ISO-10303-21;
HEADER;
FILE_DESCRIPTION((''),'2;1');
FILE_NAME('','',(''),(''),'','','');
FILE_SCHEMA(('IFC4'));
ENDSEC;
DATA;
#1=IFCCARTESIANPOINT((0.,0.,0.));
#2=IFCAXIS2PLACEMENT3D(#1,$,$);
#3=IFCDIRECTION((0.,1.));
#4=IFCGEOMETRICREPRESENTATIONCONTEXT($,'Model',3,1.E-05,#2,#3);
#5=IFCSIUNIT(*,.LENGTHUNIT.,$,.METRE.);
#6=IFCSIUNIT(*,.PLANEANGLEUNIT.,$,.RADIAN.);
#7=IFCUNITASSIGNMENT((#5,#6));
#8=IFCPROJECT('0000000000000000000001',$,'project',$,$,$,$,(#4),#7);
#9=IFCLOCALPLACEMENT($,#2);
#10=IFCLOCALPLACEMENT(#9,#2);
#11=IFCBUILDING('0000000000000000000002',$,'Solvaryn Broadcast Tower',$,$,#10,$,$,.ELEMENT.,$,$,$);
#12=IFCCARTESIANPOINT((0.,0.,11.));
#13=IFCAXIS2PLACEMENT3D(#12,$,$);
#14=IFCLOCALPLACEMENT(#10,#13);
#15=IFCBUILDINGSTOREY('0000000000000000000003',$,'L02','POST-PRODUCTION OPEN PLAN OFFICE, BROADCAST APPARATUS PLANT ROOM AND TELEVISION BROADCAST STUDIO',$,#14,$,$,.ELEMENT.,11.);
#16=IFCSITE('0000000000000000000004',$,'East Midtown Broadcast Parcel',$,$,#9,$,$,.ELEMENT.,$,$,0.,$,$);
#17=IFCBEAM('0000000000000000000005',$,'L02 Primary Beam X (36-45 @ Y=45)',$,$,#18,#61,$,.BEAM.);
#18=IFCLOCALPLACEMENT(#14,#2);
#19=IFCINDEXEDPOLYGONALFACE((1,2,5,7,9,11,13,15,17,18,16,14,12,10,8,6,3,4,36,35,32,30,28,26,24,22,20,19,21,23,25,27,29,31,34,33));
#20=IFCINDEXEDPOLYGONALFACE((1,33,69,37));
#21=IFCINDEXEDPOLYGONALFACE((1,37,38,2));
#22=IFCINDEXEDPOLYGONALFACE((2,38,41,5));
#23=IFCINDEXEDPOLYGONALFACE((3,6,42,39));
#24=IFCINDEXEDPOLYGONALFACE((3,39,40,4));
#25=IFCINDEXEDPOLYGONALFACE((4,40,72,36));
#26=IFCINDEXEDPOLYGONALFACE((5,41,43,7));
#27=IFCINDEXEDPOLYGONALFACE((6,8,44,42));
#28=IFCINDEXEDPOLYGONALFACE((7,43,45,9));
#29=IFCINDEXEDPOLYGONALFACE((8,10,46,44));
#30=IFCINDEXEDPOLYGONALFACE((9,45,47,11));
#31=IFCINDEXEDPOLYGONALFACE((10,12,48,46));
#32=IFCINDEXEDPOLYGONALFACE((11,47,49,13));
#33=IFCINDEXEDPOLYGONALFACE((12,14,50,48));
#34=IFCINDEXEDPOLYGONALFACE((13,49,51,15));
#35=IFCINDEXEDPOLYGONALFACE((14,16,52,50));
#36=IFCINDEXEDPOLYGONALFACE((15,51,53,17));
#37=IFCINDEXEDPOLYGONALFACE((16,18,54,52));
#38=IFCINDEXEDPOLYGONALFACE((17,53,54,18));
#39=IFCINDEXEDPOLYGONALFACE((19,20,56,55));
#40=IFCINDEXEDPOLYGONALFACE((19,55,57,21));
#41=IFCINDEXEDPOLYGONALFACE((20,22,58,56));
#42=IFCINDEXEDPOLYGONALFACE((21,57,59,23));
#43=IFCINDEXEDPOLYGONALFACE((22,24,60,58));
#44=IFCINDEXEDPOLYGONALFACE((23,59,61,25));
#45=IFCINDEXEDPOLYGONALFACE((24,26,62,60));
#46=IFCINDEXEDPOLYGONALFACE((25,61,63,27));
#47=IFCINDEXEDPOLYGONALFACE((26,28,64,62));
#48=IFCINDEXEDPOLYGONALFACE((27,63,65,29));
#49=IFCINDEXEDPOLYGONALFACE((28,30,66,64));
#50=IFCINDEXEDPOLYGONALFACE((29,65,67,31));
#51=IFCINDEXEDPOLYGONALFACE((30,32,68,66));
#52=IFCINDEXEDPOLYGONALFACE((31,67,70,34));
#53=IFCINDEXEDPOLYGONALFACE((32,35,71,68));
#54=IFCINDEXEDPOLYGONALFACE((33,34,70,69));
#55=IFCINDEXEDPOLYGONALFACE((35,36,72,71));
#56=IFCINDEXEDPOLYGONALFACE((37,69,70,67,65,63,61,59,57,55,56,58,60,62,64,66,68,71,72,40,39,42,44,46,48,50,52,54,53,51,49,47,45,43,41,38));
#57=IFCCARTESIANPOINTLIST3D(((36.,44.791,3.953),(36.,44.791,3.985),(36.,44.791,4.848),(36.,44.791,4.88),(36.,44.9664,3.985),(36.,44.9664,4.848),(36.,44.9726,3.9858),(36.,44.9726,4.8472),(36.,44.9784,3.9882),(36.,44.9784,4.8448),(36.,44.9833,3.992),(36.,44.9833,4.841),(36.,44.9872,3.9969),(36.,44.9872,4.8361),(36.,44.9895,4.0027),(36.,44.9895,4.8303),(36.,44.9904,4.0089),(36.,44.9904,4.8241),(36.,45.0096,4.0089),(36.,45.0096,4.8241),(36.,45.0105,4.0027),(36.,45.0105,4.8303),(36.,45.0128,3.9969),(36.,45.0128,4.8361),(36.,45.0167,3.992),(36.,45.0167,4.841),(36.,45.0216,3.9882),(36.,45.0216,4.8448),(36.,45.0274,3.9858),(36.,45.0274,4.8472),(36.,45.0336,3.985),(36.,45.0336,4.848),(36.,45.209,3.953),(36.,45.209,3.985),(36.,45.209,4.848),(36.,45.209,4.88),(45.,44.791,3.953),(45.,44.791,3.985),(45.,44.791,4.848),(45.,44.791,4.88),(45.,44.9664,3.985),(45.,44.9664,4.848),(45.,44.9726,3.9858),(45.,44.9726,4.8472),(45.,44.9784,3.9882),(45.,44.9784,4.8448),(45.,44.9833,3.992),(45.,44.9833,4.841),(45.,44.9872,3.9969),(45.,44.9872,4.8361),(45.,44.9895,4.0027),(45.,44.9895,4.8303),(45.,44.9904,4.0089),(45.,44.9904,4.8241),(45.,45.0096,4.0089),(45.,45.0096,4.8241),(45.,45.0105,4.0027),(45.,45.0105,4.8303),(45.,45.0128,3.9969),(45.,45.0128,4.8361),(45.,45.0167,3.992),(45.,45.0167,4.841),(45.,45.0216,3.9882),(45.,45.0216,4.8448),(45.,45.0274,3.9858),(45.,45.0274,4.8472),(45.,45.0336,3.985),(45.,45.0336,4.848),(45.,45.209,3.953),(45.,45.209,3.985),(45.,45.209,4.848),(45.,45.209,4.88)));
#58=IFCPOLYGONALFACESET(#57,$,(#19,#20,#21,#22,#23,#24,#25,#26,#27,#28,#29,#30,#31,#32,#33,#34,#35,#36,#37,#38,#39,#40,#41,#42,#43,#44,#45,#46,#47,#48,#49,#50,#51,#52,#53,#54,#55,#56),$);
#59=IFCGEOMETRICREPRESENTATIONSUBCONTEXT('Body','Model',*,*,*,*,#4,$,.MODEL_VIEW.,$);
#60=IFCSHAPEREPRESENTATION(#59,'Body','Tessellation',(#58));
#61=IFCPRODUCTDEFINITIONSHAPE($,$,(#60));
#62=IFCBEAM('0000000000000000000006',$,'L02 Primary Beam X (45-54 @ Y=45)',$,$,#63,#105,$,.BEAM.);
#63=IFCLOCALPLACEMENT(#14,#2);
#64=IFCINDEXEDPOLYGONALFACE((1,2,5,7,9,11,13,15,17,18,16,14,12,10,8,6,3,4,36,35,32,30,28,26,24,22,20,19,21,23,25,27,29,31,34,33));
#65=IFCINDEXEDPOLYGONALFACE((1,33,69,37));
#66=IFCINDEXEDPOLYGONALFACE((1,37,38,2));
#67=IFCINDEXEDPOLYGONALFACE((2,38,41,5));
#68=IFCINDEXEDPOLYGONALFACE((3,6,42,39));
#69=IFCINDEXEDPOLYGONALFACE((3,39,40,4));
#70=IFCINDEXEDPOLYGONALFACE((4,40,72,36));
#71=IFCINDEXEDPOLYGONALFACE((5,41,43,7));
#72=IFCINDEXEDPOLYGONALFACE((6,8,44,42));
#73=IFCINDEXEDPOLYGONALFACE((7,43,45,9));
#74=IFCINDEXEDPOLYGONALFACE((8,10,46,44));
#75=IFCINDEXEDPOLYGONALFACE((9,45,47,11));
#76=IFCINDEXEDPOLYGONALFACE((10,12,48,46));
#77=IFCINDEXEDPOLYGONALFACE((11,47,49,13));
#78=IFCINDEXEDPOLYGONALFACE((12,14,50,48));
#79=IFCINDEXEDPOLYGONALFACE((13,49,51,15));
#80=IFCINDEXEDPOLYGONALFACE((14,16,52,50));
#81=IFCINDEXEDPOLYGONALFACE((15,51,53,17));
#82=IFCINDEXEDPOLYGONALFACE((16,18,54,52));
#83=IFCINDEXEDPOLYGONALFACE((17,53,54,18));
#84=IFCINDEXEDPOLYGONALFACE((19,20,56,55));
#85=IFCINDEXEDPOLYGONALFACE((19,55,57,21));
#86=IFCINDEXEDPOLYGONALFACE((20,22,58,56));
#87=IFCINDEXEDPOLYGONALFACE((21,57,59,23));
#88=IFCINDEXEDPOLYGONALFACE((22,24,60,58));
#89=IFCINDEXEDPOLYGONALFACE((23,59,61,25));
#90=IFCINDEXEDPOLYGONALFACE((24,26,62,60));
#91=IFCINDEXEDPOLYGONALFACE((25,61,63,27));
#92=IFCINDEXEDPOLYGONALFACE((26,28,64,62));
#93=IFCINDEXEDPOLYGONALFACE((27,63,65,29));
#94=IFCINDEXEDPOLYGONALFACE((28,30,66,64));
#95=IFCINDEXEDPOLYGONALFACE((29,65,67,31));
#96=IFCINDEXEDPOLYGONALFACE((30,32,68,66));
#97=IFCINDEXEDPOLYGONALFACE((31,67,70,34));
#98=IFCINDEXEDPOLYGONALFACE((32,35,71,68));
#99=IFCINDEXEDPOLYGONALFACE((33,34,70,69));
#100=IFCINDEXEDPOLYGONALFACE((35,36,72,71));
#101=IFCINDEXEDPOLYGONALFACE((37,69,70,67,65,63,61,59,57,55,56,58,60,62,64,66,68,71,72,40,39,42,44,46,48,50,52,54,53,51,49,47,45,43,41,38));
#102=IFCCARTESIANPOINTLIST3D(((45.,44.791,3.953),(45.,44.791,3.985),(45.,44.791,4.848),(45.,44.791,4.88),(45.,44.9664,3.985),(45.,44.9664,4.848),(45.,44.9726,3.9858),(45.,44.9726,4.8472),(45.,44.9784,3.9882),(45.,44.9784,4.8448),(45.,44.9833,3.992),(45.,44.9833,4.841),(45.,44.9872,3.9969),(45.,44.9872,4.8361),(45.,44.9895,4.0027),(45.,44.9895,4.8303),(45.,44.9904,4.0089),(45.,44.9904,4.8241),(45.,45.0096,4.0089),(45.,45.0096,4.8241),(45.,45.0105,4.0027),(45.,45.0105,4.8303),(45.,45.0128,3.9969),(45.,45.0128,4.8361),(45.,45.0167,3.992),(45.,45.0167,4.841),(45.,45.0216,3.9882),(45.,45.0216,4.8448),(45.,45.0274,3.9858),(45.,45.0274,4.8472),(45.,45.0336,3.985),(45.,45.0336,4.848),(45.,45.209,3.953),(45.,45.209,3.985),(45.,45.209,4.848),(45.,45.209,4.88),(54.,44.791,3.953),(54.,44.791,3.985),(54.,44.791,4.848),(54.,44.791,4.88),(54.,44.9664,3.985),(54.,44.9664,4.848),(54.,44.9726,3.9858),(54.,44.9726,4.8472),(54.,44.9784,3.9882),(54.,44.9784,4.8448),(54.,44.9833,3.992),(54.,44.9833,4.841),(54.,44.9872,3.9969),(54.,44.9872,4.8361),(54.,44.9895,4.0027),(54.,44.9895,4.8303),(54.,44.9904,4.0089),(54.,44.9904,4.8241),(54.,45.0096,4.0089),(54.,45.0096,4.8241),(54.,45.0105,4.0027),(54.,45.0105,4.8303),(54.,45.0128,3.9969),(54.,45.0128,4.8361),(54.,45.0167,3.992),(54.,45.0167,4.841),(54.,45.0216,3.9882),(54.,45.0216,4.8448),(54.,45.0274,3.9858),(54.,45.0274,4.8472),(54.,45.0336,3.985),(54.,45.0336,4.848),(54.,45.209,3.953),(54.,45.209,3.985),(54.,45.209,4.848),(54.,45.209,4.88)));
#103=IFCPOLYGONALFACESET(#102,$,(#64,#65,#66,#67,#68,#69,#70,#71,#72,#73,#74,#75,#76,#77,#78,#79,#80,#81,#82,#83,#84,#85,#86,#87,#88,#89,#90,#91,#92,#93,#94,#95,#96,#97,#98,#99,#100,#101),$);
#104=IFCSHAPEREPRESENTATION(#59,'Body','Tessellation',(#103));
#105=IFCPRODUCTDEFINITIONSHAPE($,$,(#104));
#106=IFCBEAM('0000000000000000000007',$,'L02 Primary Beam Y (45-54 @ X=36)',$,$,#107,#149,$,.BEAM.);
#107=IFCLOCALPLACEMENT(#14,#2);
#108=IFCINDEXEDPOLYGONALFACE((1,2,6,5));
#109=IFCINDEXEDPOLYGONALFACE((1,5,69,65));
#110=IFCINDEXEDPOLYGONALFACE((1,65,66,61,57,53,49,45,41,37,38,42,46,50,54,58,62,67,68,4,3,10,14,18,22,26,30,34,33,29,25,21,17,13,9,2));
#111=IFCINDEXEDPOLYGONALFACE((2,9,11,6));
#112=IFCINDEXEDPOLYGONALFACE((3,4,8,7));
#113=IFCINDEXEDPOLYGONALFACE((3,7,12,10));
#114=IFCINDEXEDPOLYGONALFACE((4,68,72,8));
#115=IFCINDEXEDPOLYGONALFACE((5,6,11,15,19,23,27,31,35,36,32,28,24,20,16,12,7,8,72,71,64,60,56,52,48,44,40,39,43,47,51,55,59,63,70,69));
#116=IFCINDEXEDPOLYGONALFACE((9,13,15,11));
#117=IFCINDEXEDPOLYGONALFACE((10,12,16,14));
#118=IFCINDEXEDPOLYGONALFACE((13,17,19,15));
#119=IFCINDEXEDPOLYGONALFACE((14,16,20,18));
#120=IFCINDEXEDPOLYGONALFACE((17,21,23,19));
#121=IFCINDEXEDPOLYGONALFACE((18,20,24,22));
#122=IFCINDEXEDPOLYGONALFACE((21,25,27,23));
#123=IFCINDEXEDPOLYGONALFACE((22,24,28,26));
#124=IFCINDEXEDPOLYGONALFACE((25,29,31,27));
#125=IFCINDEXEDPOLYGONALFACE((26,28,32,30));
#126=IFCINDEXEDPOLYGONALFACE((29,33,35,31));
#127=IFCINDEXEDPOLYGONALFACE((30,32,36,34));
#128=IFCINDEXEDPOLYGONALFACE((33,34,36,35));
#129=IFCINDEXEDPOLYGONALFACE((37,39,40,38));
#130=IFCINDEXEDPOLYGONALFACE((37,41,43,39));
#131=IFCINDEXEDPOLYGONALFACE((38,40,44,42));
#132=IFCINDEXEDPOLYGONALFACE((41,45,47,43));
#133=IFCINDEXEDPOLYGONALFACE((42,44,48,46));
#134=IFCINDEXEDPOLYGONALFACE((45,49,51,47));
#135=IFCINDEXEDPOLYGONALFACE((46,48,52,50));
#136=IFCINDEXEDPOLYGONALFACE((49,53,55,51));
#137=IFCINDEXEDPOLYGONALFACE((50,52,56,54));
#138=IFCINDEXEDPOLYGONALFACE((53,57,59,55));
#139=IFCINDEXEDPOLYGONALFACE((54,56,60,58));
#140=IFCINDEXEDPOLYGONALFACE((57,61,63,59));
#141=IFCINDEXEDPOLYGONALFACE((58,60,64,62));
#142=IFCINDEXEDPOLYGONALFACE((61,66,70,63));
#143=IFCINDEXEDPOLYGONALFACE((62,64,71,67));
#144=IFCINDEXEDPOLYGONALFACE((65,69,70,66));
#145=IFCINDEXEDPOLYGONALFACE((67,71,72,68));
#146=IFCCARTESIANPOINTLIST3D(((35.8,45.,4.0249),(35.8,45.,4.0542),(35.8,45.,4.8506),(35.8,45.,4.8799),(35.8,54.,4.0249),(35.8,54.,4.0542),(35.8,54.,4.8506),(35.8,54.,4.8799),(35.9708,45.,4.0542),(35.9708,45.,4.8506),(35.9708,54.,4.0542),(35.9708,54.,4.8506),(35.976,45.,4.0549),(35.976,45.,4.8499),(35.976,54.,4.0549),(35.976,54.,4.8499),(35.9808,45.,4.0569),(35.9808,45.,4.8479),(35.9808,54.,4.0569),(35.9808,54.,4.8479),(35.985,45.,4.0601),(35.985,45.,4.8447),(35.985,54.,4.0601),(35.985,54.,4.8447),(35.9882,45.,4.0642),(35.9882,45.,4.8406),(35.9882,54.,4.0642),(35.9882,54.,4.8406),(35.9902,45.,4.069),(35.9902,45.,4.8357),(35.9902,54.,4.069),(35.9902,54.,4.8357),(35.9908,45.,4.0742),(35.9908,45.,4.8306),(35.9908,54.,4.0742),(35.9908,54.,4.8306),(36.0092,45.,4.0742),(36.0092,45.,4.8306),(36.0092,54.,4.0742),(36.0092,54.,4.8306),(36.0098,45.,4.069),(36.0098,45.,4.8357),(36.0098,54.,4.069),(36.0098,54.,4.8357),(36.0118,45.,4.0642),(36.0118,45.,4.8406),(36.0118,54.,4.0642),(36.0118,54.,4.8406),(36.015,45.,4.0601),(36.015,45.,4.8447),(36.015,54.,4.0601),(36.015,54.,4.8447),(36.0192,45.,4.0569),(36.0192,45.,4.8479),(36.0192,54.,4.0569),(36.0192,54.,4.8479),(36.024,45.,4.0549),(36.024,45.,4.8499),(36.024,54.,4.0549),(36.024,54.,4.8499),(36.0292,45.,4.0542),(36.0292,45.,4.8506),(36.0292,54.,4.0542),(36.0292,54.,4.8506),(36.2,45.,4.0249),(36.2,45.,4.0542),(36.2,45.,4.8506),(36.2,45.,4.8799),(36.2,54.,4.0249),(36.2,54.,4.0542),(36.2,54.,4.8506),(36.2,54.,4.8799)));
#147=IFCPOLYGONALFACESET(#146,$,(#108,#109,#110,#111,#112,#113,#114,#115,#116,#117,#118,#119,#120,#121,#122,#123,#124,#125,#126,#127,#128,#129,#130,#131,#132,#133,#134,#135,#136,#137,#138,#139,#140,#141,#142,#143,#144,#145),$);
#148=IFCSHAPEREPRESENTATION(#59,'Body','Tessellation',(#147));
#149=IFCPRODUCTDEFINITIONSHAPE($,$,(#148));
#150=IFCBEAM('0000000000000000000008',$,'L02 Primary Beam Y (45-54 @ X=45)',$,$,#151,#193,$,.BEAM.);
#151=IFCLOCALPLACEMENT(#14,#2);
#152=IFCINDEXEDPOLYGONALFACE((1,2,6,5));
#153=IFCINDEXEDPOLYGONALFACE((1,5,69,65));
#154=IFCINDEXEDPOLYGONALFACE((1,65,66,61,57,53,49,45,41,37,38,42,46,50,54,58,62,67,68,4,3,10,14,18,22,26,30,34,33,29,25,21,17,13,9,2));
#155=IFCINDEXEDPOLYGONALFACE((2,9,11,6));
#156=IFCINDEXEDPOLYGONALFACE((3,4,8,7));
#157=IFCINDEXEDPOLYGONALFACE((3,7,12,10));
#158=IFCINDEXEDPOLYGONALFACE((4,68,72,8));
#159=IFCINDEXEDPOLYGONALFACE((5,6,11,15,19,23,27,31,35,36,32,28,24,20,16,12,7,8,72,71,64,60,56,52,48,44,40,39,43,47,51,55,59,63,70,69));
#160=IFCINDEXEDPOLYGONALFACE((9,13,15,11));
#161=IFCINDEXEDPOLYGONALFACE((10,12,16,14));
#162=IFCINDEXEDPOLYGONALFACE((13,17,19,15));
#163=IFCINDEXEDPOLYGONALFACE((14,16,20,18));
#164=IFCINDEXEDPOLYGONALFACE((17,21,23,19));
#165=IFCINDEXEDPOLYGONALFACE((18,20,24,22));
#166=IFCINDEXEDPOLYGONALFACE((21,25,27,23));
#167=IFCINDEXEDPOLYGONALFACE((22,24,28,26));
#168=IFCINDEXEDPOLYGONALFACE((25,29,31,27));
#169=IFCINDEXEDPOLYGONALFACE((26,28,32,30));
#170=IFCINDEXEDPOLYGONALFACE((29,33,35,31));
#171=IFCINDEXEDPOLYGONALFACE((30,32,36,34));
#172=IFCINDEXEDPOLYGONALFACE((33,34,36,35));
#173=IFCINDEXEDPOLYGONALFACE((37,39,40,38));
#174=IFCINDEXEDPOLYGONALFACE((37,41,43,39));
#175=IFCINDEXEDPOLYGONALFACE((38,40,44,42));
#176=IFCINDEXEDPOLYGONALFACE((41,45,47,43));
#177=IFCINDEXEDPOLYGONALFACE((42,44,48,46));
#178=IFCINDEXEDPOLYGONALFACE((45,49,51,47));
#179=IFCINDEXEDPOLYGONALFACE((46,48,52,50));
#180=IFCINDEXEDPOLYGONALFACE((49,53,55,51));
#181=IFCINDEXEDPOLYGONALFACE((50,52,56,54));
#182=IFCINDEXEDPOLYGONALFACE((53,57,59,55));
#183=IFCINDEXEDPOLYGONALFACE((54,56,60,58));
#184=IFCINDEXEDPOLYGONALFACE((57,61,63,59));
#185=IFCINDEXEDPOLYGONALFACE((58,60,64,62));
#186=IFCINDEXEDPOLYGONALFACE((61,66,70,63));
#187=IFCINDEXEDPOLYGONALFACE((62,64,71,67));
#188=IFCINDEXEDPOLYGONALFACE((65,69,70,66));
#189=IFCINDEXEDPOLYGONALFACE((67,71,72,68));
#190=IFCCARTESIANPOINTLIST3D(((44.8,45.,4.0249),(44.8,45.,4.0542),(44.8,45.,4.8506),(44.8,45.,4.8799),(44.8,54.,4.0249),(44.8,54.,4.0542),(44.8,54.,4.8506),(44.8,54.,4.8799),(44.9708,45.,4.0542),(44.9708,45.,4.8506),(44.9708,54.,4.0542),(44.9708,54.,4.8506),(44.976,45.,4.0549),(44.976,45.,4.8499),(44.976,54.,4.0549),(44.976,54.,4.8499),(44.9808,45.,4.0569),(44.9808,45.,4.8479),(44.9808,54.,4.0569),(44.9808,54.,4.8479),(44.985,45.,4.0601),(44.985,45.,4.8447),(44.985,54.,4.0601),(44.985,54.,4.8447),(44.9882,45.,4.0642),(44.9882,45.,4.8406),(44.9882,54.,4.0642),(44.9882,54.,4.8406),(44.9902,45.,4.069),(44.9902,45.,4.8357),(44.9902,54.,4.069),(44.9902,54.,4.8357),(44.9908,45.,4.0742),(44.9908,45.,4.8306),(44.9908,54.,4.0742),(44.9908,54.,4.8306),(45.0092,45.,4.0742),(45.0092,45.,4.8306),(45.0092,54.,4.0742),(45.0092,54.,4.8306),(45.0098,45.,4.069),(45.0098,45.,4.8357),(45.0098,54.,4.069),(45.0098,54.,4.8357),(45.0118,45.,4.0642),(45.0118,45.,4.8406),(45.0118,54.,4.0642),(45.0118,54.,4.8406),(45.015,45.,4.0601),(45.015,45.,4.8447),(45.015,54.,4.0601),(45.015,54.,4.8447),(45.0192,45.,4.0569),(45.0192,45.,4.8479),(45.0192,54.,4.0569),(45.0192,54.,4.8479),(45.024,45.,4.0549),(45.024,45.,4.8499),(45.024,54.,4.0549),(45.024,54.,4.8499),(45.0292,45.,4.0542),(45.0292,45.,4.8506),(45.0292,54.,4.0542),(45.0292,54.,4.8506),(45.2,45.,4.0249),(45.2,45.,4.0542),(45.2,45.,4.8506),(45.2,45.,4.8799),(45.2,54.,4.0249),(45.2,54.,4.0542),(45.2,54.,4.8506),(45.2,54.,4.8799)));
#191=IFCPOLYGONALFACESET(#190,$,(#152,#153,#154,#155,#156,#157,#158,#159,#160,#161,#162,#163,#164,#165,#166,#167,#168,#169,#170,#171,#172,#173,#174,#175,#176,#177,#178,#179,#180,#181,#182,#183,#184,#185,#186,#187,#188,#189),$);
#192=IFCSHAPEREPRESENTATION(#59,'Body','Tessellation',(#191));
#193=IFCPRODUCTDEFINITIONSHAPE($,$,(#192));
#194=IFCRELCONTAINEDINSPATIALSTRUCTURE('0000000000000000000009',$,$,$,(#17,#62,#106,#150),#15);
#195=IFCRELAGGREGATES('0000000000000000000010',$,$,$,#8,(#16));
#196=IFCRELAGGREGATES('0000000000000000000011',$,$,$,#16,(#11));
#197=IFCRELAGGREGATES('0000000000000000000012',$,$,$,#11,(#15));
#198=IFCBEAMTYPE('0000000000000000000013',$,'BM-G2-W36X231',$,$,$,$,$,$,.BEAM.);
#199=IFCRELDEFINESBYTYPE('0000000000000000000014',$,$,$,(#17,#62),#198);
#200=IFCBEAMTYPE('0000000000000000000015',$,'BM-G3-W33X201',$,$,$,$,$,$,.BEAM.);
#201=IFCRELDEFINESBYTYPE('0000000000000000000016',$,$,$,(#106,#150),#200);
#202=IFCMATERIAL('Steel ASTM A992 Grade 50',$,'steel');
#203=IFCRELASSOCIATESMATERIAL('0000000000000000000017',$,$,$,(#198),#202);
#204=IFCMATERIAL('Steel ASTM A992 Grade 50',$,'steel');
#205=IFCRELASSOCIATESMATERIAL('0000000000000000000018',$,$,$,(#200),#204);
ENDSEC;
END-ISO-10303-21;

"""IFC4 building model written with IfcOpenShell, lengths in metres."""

from ifc_helpers import new_model, si_unit, direction, frame, origin, origin_2d, place, context, subcontext, project, spatial, i_section, extrude, material, material_profile, profile_set, type_object, element, save


model = new_model("IFC4")

# Units and contexts
model_context = context("Model", 3, precision=1e-05, world=origin(), true_north=direction((0.0, 1.0)))
body_context = subcontext(model_context, "Body", "Model", "MODEL_VIEW")
ifc_project = project(units=[si_unit("LENGTHUNIT", "METRE"), si_unit("PLANEANGLEUNIT", "RADIAN")], contexts=[model_context])

# Site, building, storey
site_placement = place(None, origin())
site = spatial("IfcSite", under=ifc_project, at=site_placement, Name="East Midtown Broadcast Parcel", CompositionType="ELEMENT", RefElevation=0.0)
building_placement = place(site_placement, origin())
building = spatial("IfcBuilding", under=site, at=building_placement, Name="Solvaryn Broadcast Tower", CompositionType="ELEMENT")
storey_placement = place(building_placement, frame((0.0, 0.0, 11.0)))
storey = spatial("IfcBuildingStorey", under=building, at=storey_placement, Name="L02", Description="POST-PRODUCTION OPEN PLAN OFFICE, BROADCAST APPARATUS PLANT ROOM AND TELEVISION BROADCAST STUDIO", CompositionType="ELEMENT", Elevation=11.0)

# Beams
ifc_material_1 = material(Name="Steel ASTM A992 Grade 50", Category="steel")
ifc_material_profile_1 = material_profile(ifc_material_1, i_section(OverallWidth=0.418, OverallDepth=0.927, WebThickness=0.0193, FlangeThickness=0.032, FilletRadius=0.0239, at=origin_2d()))
ifc_profile_set_1 = profile_set([ifc_material_profile_1], Name="Steel ASTM A992 Grade 50")
beam_type_1 = type_object("IfcBeamType", Name="BM-G2-W36X231", PredefinedType="BEAM", material=ifc_profile_set_1)
for number, where, z_axis, x_axis, name in (
    (1, (36.0, 45.0, 4.4165), (1.0, 0.0, 0.0), (0.0, 1.0, 0.0), "L02 Primary Beam X (36-45 @ Y=45)"),
    (2, (45.0, 45.0, 4.4165), (1.0, 0.0, 0.0), (0.0, 1.0, 0.0), "L02 Primary Beam X (45-54 @ Y=45)"),
):
    element("IfcBeam", number, at=place(storey_placement, frame(where, z_axis=z_axis, x_axis=x_axis)), inside=storey, type_object=beam_type_1, Name=name, PredefinedType="BEAM", context=body_context, shape_type="SweptSolid", body=[
        extrude(i_section(OverallWidth=0.418, OverallDepth=0.927, WebThickness=0.0193, FlangeThickness=0.032, FilletRadius=0.0239, at=origin_2d()), origin(), (0.0, 0.0, 1.0), 9.0),
    ])
ifc_material_2 = material(Name="Steel ASTM A992 Grade 50", Category="steel")
ifc_material_profile_2 = material_profile(ifc_material_2, i_section(OverallWidth=0.3999, OverallDepth=0.855, WebThickness=0.0183, FlangeThickness=0.0293, FilletRadius=0.02, at=origin_2d()))
ifc_profile_set_2 = profile_set([ifc_material_profile_2], Name="Steel ASTM A992 Grade 50")
beam_type_2 = type_object("IfcBeamType", Name="BM-G3-W33X201", PredefinedType="BEAM", material=ifc_profile_set_2)
for number, where, z_axis, x_axis, name in (
    (3, (36.0, 45.0, 4.4524), (0.0, 1.0, 0.0), (-1.0, 0.0, 0.0), "L02 Primary Beam Y (45-54 @ X=36)"),
    (4, (45.0, 45.0, 4.4524), (0.0, 1.0, 0.0), (-1.0, 0.0, 0.0), "L02 Primary Beam Y (45-54 @ X=45)"),
):
    element("IfcBeam", number, at=place(storey_placement, frame(where, z_axis=z_axis, x_axis=x_axis)), inside=storey, type_object=beam_type_2, Name=name, PredefinedType="BEAM", context=body_context, shape_type="SweptSolid", body=[
        extrude(i_section(OverallWidth=0.3999, OverallDepth=0.855, WebThickness=0.0183, FlangeThickness=0.0293, FilletRadius=0.02, at=origin_2d()), origin(), (0.0, 0.0, 1.0), 9.0),
    ])

save(model, "model.ifc")
